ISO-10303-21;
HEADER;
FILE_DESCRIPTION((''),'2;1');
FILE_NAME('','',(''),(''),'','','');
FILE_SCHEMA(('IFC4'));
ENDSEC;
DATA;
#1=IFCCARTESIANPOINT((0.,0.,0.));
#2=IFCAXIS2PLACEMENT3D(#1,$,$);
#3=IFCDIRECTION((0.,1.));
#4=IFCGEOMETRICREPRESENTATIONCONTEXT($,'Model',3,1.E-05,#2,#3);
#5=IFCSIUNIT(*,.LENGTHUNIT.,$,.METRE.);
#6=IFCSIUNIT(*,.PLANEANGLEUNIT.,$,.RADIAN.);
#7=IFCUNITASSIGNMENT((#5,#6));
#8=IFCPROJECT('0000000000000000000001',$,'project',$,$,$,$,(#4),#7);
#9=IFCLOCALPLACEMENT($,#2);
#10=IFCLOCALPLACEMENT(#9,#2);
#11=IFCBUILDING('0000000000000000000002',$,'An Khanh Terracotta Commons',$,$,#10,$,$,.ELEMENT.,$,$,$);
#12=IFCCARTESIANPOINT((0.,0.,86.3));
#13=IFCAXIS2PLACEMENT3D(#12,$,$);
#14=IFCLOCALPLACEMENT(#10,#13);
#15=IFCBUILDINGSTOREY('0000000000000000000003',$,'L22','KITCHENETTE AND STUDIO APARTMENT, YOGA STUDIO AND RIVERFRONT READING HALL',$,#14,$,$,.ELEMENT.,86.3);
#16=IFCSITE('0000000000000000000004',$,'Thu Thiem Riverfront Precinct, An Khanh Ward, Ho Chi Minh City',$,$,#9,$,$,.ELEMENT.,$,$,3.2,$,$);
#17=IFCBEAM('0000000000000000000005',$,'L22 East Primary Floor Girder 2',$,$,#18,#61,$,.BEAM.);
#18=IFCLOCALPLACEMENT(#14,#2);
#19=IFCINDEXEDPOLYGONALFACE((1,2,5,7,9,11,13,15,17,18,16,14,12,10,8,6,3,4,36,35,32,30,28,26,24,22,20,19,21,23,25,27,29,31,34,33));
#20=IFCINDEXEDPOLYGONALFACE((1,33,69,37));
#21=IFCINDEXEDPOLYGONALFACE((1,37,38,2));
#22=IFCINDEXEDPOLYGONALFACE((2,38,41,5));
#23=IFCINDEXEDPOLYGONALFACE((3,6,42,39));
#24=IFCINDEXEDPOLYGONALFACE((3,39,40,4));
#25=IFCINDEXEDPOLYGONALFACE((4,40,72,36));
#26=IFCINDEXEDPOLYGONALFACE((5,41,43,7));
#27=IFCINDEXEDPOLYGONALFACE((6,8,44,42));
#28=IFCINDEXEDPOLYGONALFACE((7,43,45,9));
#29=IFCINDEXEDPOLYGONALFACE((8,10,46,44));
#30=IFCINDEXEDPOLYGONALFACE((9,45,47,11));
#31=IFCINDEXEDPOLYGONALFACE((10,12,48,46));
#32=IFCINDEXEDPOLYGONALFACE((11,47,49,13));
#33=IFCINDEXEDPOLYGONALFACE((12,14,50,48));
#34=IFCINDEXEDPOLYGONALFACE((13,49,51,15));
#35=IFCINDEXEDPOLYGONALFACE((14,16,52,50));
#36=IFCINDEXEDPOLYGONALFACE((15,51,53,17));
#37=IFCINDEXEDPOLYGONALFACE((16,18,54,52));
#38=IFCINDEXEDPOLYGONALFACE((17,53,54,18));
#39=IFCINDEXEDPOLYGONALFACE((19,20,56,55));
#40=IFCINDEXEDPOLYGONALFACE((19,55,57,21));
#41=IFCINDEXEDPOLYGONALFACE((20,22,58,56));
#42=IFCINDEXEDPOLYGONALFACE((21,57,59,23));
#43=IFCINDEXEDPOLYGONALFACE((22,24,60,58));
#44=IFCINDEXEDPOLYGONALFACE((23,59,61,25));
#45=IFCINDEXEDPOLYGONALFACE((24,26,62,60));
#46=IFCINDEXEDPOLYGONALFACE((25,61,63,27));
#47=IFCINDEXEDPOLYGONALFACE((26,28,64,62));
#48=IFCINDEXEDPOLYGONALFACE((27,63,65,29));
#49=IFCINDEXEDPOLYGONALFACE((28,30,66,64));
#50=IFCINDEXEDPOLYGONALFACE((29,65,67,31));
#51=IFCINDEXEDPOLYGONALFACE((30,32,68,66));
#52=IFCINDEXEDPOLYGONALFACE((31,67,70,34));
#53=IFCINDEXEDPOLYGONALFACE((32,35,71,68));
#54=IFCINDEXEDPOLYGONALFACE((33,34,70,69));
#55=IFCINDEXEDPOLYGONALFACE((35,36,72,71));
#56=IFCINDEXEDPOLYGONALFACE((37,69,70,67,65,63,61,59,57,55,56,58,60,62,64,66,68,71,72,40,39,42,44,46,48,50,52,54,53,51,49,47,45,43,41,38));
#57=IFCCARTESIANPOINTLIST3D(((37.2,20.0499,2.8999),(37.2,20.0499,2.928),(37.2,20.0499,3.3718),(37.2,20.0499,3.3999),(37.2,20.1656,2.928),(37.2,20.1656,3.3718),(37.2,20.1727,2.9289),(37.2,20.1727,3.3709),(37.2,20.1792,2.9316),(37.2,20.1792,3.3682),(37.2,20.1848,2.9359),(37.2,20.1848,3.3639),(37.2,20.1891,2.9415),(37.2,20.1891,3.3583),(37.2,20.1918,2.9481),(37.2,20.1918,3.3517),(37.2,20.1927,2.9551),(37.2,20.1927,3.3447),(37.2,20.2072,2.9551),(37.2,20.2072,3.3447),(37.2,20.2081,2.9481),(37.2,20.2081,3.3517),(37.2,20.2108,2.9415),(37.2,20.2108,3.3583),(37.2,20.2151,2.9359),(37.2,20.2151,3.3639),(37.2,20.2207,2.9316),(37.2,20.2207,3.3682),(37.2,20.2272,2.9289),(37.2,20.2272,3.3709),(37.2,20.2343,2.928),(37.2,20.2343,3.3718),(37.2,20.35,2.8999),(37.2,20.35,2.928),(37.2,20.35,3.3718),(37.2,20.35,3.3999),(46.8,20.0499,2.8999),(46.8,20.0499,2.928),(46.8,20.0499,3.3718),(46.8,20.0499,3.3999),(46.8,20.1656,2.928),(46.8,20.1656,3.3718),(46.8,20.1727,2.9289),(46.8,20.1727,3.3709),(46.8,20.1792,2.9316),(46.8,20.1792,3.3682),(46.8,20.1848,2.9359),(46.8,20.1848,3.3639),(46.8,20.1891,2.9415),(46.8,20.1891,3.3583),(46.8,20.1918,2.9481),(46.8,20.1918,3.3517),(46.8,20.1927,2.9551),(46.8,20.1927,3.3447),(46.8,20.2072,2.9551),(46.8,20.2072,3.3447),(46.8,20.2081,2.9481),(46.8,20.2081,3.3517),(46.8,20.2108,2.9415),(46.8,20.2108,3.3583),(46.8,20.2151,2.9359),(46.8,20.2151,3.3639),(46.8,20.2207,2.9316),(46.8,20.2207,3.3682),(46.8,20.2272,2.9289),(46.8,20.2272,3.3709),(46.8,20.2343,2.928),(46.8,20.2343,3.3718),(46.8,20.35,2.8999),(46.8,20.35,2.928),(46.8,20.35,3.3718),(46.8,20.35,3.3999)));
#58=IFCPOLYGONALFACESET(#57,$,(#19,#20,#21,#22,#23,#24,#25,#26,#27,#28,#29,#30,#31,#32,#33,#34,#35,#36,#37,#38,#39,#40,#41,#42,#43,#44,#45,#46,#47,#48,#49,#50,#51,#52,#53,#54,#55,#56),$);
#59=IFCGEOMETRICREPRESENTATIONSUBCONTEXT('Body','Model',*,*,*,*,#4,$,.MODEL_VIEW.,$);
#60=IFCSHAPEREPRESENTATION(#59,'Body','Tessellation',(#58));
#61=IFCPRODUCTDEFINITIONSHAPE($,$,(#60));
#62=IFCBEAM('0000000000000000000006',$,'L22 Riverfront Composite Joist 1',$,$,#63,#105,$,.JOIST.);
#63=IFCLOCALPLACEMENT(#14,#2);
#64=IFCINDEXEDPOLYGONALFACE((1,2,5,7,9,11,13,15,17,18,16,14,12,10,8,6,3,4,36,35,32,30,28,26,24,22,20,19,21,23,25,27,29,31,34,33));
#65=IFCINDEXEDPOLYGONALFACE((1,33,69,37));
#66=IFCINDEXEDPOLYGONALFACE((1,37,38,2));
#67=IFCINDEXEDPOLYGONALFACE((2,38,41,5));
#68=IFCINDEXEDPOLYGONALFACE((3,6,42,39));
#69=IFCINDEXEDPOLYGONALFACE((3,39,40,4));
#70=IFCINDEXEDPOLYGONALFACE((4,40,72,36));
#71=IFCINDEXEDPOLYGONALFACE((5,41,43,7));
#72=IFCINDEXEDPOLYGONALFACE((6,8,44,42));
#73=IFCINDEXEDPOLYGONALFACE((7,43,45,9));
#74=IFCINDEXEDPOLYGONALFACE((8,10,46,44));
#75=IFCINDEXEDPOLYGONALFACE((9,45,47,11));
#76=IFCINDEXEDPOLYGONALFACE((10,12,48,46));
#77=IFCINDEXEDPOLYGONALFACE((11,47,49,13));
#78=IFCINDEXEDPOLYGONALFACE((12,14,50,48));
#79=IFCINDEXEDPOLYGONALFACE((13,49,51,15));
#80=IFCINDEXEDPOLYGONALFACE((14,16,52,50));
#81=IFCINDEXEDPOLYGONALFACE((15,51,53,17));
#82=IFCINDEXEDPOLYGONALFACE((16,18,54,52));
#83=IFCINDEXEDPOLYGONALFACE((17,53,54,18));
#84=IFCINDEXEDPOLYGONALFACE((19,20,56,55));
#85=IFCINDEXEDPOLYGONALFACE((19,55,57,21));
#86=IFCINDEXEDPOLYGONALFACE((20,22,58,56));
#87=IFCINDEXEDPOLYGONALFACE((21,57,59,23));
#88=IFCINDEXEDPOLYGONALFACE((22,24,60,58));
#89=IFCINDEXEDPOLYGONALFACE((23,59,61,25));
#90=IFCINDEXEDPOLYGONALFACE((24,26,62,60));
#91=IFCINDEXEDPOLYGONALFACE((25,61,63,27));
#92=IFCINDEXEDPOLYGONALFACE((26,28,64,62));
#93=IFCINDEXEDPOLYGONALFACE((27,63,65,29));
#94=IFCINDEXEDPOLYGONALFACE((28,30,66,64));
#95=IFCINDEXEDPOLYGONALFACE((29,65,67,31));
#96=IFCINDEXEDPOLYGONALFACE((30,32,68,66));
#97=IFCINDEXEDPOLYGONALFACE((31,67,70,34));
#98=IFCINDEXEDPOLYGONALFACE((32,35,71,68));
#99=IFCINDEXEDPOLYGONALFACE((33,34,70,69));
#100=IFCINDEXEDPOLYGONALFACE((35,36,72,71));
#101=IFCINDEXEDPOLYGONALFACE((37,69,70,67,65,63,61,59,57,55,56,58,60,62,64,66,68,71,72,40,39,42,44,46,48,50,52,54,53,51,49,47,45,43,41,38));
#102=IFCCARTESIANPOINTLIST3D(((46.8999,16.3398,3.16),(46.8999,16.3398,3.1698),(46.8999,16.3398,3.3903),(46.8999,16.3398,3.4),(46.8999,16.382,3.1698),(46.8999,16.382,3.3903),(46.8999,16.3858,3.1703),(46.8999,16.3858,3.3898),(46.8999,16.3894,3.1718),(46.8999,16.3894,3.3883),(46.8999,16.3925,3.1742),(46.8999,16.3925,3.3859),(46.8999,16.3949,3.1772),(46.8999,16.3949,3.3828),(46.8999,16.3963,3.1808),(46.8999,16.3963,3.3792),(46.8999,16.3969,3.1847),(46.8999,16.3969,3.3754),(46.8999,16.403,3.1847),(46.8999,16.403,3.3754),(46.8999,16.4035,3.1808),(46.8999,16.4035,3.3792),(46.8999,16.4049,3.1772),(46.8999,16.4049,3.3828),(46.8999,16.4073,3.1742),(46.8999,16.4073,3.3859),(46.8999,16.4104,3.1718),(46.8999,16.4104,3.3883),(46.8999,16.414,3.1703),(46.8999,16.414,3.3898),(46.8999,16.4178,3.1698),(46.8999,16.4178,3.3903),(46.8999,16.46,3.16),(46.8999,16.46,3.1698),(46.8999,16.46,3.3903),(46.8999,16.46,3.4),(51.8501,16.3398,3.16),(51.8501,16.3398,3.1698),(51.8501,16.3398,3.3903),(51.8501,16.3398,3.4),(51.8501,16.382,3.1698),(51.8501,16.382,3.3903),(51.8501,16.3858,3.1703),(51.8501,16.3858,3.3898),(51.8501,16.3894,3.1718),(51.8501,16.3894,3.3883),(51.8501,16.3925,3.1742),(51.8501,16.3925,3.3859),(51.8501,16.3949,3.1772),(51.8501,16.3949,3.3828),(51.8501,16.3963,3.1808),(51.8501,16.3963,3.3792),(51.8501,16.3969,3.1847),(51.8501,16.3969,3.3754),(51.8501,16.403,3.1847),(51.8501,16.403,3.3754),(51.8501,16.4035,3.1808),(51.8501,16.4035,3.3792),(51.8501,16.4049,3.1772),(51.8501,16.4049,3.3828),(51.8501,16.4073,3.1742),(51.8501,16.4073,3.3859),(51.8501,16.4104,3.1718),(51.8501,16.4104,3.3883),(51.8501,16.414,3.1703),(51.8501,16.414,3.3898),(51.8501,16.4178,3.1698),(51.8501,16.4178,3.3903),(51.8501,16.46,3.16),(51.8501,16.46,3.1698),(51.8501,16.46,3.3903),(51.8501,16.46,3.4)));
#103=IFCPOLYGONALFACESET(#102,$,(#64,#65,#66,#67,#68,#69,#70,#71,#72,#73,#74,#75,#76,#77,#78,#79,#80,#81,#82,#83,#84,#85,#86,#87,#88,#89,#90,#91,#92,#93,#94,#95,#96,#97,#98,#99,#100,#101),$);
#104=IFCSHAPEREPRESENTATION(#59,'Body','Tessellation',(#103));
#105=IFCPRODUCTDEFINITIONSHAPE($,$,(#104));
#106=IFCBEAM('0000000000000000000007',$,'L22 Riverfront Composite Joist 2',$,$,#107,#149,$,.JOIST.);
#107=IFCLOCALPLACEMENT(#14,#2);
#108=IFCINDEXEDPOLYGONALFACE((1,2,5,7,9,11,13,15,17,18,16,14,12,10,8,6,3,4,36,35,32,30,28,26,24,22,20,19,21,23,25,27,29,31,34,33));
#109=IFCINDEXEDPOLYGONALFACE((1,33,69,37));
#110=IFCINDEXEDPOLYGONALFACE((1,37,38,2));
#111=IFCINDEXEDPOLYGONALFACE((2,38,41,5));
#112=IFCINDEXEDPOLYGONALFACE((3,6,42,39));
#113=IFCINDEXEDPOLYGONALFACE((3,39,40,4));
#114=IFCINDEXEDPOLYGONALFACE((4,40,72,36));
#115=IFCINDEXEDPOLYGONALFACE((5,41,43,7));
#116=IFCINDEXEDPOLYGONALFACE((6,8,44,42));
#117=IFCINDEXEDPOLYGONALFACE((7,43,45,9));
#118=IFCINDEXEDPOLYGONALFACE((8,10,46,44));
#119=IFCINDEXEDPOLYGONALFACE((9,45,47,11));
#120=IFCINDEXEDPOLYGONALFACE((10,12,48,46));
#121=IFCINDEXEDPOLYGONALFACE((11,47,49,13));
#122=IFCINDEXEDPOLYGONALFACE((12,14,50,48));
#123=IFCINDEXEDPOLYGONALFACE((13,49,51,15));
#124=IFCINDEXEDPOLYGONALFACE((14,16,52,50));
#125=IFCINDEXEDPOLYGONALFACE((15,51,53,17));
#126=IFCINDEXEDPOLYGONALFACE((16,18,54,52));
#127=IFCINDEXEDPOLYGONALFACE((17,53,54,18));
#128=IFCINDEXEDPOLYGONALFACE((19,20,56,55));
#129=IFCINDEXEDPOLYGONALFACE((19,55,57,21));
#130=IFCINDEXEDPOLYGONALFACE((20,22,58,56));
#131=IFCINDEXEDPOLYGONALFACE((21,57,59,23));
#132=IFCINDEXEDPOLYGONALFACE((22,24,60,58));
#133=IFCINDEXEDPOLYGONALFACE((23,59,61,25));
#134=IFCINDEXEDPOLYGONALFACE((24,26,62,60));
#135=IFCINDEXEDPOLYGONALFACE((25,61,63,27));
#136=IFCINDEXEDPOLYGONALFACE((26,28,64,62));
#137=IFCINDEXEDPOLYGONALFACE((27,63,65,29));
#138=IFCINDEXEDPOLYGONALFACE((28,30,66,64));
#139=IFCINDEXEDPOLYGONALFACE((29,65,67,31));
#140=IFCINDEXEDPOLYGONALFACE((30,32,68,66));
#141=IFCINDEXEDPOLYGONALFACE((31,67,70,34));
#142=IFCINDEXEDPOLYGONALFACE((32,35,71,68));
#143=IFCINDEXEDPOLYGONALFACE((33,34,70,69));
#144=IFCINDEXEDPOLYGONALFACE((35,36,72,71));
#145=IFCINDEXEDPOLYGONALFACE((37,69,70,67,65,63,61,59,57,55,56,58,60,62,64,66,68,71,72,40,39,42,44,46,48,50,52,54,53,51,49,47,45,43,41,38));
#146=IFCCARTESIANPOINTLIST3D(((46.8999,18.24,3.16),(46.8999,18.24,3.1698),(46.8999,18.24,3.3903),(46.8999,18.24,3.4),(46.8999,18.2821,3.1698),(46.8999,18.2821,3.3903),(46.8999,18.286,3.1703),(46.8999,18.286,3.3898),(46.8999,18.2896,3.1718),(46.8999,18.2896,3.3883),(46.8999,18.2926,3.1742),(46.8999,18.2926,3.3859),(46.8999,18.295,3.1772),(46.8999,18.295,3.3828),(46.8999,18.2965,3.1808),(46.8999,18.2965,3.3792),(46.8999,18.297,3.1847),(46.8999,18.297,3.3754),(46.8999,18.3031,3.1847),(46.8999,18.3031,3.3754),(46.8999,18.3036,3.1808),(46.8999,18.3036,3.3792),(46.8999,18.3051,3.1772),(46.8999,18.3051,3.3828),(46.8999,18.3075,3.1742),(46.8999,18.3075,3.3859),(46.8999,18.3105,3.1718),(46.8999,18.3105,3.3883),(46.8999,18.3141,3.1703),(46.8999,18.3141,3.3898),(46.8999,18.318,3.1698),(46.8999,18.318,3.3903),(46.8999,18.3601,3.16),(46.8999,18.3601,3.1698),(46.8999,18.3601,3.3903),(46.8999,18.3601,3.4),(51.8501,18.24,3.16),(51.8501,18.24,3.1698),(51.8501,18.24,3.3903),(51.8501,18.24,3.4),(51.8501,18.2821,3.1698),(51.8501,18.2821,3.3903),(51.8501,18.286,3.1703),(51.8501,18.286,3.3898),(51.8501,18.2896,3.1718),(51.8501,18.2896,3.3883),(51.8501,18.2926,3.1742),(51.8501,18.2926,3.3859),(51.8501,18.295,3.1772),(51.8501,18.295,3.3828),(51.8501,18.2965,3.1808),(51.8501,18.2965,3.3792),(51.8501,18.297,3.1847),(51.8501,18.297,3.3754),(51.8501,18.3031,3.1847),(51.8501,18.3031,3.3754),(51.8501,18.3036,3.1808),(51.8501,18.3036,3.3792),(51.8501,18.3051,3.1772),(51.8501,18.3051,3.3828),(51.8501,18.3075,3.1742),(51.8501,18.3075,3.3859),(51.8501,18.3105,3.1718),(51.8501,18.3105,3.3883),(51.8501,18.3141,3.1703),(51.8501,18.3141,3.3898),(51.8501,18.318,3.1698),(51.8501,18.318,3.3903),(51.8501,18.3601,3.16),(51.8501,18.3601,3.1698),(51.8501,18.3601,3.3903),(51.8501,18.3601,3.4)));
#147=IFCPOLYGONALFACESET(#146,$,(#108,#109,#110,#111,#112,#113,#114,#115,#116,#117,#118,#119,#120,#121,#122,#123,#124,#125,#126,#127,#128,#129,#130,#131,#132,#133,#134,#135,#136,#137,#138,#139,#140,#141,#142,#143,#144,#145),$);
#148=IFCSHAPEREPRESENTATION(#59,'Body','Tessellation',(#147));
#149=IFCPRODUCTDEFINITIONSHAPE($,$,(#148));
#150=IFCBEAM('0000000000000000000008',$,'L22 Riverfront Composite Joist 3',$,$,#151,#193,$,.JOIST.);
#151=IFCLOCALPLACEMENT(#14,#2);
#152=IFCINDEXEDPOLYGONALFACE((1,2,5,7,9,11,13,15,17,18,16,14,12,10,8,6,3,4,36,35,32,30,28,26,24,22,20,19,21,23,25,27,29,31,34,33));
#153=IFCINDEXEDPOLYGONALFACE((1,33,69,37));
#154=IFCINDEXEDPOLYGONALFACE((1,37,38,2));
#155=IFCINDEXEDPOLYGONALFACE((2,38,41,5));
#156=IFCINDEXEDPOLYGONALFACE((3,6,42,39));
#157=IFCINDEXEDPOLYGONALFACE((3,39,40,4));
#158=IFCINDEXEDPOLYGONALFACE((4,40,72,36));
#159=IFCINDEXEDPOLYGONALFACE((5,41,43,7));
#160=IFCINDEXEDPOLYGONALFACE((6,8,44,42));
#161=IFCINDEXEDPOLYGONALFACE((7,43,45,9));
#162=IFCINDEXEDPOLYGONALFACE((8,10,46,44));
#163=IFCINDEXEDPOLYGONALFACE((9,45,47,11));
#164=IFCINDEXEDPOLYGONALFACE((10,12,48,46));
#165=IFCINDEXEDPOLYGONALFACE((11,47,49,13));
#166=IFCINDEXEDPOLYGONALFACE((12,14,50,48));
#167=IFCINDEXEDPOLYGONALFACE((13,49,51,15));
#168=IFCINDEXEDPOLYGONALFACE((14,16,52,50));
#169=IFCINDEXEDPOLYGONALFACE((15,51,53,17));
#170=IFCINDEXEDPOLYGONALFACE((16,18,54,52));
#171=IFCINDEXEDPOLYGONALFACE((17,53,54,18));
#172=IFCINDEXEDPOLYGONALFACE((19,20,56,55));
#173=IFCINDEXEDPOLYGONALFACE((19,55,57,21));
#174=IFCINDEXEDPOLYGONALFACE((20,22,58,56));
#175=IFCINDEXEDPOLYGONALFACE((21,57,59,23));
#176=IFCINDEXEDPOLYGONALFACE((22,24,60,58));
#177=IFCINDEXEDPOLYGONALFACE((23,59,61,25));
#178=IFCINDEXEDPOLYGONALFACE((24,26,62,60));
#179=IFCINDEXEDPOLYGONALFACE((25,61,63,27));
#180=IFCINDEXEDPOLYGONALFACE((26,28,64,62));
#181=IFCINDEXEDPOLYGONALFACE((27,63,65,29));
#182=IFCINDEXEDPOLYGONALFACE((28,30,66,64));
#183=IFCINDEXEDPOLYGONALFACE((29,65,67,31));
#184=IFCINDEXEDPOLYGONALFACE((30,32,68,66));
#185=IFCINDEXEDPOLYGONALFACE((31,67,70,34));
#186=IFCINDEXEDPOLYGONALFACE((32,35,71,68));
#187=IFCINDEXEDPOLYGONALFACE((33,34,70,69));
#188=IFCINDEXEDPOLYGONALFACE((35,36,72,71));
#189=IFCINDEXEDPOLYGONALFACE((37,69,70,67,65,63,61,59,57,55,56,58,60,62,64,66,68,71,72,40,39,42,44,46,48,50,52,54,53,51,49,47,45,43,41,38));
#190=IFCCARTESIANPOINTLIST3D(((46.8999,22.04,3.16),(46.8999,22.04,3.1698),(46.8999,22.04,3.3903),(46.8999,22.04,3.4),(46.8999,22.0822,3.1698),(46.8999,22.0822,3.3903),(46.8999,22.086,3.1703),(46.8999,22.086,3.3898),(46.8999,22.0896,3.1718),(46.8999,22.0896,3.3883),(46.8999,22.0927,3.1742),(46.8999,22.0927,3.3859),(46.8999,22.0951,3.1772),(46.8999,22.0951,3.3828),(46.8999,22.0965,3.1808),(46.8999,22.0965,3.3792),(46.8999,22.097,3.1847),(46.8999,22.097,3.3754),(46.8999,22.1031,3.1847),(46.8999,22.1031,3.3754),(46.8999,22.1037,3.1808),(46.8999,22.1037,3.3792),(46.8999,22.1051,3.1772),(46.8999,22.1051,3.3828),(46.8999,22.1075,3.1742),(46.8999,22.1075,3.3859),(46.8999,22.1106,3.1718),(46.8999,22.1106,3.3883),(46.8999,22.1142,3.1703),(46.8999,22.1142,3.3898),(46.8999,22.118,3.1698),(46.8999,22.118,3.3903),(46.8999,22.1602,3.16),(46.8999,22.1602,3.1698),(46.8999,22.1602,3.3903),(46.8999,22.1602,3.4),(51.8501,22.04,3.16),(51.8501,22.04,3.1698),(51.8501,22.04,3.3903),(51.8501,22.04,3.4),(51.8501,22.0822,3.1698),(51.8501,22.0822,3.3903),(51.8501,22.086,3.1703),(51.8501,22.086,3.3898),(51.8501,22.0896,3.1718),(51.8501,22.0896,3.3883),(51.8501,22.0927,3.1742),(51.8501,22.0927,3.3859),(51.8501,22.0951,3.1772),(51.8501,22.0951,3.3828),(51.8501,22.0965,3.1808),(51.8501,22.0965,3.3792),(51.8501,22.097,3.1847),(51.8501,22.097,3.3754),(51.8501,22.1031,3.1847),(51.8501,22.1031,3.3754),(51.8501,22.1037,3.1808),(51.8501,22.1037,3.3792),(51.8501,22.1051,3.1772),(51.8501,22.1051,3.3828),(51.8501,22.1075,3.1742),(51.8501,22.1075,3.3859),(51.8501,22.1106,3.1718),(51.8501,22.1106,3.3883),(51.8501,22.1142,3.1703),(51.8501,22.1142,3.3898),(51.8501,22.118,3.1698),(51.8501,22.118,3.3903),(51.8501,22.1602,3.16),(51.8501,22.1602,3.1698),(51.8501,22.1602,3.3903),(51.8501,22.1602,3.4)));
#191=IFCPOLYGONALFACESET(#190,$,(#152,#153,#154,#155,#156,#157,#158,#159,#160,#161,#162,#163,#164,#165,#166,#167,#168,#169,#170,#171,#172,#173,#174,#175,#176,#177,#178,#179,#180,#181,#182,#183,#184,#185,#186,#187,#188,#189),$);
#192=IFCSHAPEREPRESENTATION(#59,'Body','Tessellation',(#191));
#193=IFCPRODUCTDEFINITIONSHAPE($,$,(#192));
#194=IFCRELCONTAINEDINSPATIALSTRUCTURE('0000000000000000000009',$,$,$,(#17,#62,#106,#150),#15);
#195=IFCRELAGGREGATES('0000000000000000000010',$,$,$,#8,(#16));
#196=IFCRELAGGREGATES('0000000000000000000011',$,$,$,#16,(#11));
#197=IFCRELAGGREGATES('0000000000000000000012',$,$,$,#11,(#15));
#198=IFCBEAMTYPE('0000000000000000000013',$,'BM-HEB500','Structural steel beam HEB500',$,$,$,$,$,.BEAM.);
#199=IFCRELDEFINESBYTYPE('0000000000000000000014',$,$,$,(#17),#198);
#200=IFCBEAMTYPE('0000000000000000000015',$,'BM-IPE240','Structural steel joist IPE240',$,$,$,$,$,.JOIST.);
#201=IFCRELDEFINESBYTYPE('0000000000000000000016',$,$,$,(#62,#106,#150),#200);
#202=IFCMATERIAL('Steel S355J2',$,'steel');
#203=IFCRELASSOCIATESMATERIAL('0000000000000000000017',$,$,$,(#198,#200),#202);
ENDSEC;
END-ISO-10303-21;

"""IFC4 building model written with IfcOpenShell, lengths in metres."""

from ifc_helpers import new_model, si_unit, direction, frame, origin, origin_2d, place, context, subcontext, project, spatial, i_section, extrude, material, material_profile, profile_set, type_object, element, save


model = new_model("IFC4")

# Units and contexts
model_context = context("Model", 3, precision=1e-05, world=origin(), true_north=direction((0.0, 1.0)))
body_context = subcontext(model_context, "Body", "Model", "MODEL_VIEW")
ifc_project = project(units=[si_unit("LENGTHUNIT", "METRE"), si_unit("PLANEANGLEUNIT", "RADIAN")], contexts=[model_context])

# Site, building, storey
site_placement = place(None, origin())
site = spatial("IfcSite", under=ifc_project, at=site_placement, Name="Thu Thiem Riverfront Precinct, An Khanh Ward, Ho Chi Minh City", CompositionType="ELEMENT", RefElevation=3.2)
building_placement = place(site_placement, origin())
building = spatial("IfcBuilding", under=site, at=building_placement, Name="An Khanh Terracotta Commons", CompositionType="ELEMENT")
storey_placement = place(building_placement, frame((0.0, 0.0, 86.3)))
storey = spatial("IfcBuildingStorey", under=building, at=storey_placement, Name="L22", Description="KITCHENETTE AND STUDIO APARTMENT, YOGA STUDIO AND RIVERFRONT READING HALL", CompositionType="ELEMENT", Elevation=86.3)

# Beams
ifc_material_1 = material(Name="Steel S355J2", Category="steel")
ifc_material_profile_1 = material_profile(ifc_material_1, i_section(OverallWidth=0.3, OverallDepth=0.5, WebThickness=0.0144, FlangeThickness=0.0281, FilletRadius=0.0271, at=origin_2d()), Name="HEB500")
ifc_profile_set_1 = profile_set([ifc_material_profile_1], Name="Steel S355J2")
beam_type_1 = type_object("IfcBeamType", Name="BM-HEB500", Description="Structural steel beam HEB500", PredefinedType="BEAM", material=ifc_profile_set_1)
for number, where, z_axis, x_axis, name in (
    (1, (37.2, 20.2, 3.1499), (1.0, 0.0, 0.0), (0.0, 1.0, 0.0), "L22 East Primary Floor Girder 2"),
):
    element("IfcBeam", number, at=place(storey_placement, frame(where, z_axis=z_axis, x_axis=x_axis)), inside=storey, type_object=beam_type_1, Name=name, PredefinedType="BEAM", context=body_context, shape_type="SweptSolid", body=[
        extrude(i_section(OverallWidth=0.3, OverallDepth=0.5, WebThickness=0.0144, FlangeThickness=0.0281, FilletRadius=0.0271, at=origin_2d()), origin(), (0.0, 0.0, 1.0), 9.6001),
    ])
ifc_material_profile_2 = material_profile(ifc_material_1, i_section(OverallWidth=0.1201, OverallDepth=0.24, WebThickness=0.0061, FlangeThickness=0.0098, FilletRadius=0.0149, at=origin_2d()), Name="IPE240")
ifc_profile_set_2 = profile_set([ifc_material_profile_2], Name="Steel S355J2")
beam_type_2 = type_object("IfcBeamType", Name="BM-IPE240", Description="Structural steel joist IPE240", PredefinedType="JOIST", material=ifc_profile_set_2)
for number, where, z_axis, x_axis, name in (
    (2, (46.8999, 16.3999, 3.28), (1.0, 0.0, 0.0), (0.0, 1.0, 0.0), "L22 Riverfront Composite Joist 1"),
    (3, (46.8999, 18.3, 3.28), (1.0, 0.0, 0.0), (0.0, 1.0, 0.0), "L22 Riverfront Composite Joist 2"),
    (4, (46.8999, 22.1001, 3.28), (1.0, 0.0, 0.0), (0.0, 1.0, 0.0), "L22 Riverfront Composite Joist 3"),
):
    element("IfcBeam", number, at=place(storey_placement, frame(where, z_axis=z_axis, x_axis=x_axis)), inside=storey, type_object=beam_type_2, Name=name, PredefinedType="JOIST", context=body_context, shape_type="SweptSolid", body=[
        extrude(i_section(OverallWidth=0.1201, OverallDepth=0.24, WebThickness=0.0061, FlangeThickness=0.0098, FilletRadius=0.0149, at=origin_2d()), origin(), (0.0, 0.0, 1.0), 4.9502),
    ])

save(model, "model.ifc")
